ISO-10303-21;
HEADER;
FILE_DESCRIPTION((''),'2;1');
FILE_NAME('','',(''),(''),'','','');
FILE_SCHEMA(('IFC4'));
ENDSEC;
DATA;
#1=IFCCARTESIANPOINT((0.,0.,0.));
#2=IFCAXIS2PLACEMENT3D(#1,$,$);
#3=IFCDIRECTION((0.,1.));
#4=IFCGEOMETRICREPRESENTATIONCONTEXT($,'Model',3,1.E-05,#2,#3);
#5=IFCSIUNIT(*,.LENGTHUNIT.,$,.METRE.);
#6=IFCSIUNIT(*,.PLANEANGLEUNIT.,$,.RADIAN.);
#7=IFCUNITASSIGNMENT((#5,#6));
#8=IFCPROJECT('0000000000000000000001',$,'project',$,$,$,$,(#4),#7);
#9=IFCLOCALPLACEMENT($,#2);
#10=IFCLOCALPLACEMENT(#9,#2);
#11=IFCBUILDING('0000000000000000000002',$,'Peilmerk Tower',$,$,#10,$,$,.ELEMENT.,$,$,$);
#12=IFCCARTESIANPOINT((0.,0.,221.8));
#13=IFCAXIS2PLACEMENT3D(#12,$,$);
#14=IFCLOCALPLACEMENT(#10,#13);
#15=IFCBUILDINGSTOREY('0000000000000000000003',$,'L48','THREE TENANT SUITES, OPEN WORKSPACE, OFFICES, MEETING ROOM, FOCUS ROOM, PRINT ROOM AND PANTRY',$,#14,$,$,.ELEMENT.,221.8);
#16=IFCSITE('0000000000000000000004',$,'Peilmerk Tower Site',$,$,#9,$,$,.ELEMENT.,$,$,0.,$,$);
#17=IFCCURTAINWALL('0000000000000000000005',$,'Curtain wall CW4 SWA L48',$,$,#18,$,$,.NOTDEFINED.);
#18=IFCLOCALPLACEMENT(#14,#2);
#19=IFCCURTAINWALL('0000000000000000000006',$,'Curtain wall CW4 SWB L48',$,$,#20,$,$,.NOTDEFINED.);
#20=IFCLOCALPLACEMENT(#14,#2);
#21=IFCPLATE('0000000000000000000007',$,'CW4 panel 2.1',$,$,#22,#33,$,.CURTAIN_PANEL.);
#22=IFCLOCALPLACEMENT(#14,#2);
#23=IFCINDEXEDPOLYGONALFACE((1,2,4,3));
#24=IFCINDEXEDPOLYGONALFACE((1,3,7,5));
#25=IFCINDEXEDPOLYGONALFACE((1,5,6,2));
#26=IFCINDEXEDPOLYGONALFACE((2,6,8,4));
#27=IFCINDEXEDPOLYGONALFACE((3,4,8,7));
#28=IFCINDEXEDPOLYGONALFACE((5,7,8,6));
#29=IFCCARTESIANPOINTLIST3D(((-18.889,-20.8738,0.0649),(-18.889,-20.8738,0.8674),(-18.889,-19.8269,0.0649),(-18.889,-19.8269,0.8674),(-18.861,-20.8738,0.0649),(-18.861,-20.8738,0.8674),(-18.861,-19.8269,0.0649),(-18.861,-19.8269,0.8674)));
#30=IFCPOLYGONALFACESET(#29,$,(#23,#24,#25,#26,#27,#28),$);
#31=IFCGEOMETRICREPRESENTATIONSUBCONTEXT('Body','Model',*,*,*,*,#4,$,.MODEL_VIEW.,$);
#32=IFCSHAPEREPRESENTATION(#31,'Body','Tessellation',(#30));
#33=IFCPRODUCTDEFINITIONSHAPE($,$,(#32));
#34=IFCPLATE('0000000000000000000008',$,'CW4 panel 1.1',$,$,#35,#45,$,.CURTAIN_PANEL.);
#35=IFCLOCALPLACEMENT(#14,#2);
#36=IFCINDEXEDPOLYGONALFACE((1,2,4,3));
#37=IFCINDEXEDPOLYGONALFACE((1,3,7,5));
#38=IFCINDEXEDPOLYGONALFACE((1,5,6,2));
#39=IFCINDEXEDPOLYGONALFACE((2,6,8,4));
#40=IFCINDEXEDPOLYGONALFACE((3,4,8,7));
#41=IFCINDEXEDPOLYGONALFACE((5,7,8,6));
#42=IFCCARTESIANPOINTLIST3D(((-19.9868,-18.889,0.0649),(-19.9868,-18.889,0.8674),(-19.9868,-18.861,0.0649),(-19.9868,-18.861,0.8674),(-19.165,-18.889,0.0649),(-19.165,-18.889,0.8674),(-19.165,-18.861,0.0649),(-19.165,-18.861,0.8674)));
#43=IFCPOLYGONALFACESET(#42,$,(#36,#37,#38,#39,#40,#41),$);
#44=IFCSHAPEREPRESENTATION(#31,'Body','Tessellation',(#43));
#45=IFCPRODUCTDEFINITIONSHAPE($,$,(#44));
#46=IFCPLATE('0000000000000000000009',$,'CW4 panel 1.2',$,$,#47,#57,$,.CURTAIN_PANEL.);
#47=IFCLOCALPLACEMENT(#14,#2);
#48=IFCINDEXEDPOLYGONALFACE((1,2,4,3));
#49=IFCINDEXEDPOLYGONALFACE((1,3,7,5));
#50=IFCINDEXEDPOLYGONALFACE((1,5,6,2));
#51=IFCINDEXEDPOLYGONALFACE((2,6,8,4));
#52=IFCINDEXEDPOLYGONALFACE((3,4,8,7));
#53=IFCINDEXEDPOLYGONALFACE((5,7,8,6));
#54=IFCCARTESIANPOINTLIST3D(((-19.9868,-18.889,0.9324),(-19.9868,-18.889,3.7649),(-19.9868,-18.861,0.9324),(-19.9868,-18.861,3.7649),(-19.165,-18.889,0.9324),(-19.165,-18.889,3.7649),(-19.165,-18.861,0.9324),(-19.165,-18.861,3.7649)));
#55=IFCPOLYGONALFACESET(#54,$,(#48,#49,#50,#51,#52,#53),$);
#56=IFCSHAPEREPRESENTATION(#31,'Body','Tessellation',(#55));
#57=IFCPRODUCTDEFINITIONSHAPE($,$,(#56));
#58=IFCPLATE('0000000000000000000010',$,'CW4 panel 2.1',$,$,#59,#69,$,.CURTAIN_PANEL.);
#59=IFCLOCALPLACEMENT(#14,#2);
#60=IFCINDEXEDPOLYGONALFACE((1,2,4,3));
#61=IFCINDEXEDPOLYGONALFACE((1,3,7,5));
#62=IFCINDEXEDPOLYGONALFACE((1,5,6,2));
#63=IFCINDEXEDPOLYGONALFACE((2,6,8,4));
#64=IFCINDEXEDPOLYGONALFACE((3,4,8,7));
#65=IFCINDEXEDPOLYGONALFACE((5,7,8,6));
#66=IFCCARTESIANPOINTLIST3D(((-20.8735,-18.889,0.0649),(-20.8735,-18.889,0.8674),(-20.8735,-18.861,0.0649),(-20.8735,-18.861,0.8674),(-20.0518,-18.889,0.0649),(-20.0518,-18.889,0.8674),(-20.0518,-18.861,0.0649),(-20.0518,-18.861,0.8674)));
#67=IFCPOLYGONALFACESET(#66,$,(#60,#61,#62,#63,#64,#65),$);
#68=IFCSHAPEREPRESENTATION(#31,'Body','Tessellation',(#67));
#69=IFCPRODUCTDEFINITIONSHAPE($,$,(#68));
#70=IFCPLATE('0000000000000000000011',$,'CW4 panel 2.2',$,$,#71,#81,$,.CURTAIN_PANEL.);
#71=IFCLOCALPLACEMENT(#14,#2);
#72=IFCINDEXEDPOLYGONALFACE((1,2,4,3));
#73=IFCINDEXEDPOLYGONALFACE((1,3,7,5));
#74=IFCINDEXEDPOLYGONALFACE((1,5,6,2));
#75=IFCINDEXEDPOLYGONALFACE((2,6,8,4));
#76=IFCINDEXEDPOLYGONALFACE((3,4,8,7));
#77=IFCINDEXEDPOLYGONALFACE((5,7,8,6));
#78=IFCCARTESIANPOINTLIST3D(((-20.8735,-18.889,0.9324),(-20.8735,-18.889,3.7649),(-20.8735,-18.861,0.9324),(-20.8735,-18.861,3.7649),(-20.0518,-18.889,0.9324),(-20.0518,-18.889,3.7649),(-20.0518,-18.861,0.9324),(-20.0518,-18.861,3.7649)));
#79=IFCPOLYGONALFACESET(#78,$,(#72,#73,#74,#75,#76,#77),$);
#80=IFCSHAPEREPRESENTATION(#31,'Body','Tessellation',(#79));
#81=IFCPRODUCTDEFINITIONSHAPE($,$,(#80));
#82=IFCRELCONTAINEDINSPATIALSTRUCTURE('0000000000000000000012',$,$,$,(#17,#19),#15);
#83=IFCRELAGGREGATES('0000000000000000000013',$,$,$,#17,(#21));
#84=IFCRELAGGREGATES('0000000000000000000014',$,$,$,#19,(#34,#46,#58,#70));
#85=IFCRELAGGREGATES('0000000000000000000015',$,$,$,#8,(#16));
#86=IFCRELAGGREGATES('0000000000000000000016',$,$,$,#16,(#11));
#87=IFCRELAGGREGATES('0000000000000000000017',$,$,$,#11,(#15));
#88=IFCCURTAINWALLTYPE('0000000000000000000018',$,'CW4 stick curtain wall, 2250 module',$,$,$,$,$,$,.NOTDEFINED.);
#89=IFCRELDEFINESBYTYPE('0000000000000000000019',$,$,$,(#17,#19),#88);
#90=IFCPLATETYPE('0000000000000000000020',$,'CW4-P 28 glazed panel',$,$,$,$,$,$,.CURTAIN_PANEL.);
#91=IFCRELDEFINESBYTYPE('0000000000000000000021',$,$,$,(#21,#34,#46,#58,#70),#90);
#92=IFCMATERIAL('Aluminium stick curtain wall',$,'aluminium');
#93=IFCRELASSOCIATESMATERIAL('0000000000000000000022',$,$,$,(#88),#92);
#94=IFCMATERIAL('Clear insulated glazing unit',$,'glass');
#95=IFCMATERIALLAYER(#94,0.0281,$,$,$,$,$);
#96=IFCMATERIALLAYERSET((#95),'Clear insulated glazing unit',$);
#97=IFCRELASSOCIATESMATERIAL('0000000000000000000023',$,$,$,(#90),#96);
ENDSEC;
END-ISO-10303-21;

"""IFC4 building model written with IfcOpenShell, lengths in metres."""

from ifc_helpers import new_model, si_unit, direction, frame, origin, origin_2d, place, context, subcontext, project, spatial, rectangle, extrude, material, layer, layer_set, type_object, element, aggregate, save


model = new_model("IFC4")

# Units and contexts
model_context = context("Model", 3, precision=1e-05, world=origin(), true_north=direction((0.0, 1.0)))
body_context = subcontext(model_context, "Body", "Model", "MODEL_VIEW")
ifc_project = project(units=[si_unit("LENGTHUNIT", "METRE"), si_unit("PLANEANGLEUNIT", "RADIAN")], contexts=[model_context])

# Site, building, storey
site_placement = place(None, origin())
site = spatial("IfcSite", under=ifc_project, at=site_placement, Name="Peilmerk Tower Site", CompositionType="ELEMENT", RefElevation=0.0)
building_placement = place(site_placement, origin())
building = spatial("IfcBuilding", under=site, at=building_placement, Name="Peilmerk Tower", CompositionType="ELEMENT")
storey_placement = place(building_placement, frame((0.0, 0.0, 221.8)))
storey = spatial("IfcBuildingStorey", under=building, at=storey_placement, Name="L48", Description="THREE TENANT SUITES, OPEN WORKSPACE, OFFICES, MEETING ROOM, FOCUS ROOM, PRINT ROOM AND PANTRY", CompositionType="ELEMENT", Elevation=221.8)

# Curtain wall
ifc_material_1 = material(Name="Aluminium stick curtain wall", Category="aluminium")
curtain_wall_type = type_object("IfcCurtainWallType", Name="CW4 stick curtain wall, 2250 module", PredefinedType="NOTDEFINED", material=ifc_material_1)
curtain_wall_1_placement = place(storey_placement, origin())
curtain_wall_1 = element("IfcCurtainWall", 1, at=curtain_wall_1_placement, inside=storey, type_object=curtain_wall_type, Name="Curtain wall CW4 SWA L48", PredefinedType="NOTDEFINED")

# Curtain wall
curtain_wall_2_placement = place(storey_placement, origin())
curtain_wall_2 = element("IfcCurtainWall", 2, at=curtain_wall_2_placement, inside=storey, type_object=curtain_wall_type, Name="Curtain wall CW4 SWB L48", PredefinedType="NOTDEFINED")

# Plates
ifc_material_2 = material(Name="Clear insulated glazing unit", Category="glass")
ifc_layer_1 = layer(ifc_material_2, 0.0281)
ifc_layer_set_1 = layer_set([ifc_layer_1], Name="Clear insulated glazing unit")
plate_type = type_object("IfcPlateType", Name="CW4-P 28 glazed panel", PredefinedType="CURTAIN_PANEL", material=ifc_layer_set_1)
plate_1_placement = place(storey_placement, frame((-18.875, -20.3503, 0.0649), z_axis=(0.0, 0.0, 1.0), x_axis=(0.0, -1.0, 0.0)))
plate_1 = element("IfcPlate", 3, at=plate_1_placement, type_object=plate_type, Name="CW4 panel 2.1", PredefinedType="CURTAIN_PANEL", context=body_context, shape_type="SweptSolid", body=[
    extrude(rectangle(XDim=1.0469, YDim=0.0281, at=origin_2d()), origin(), (0.0, 0.0, 1.0), 0.8025),
])
aggregate(curtain_wall_1, [plate_1])
plate_2_placement = place(storey_placement, frame((-19.5759, -18.875, 0.0649), z_axis=(0.0, 0.0, 1.0), x_axis=(-1.0, 0.0, 0.0)))
plate_2 = element("IfcPlate", 4, at=plate_2_placement, type_object=plate_type, Name="CW4 panel 1.1", PredefinedType="CURTAIN_PANEL", context=body_context, shape_type="SweptSolid", body=[
    extrude(rectangle(XDim=0.8218, YDim=0.0281, at=origin_2d()), origin(), (0.0, 0.0, 1.0), 0.8025),
])
plate_3_placement = place(storey_placement, frame((-19.5759, -18.875, 0.9324), z_axis=(0.0, 0.0, 1.0), x_axis=(-1.0, 0.0, 0.0)))
plate_3 = element("IfcPlate", 5, at=plate_3_placement, type_object=plate_type, Name="CW4 panel 1.2", PredefinedType="CURTAIN_PANEL", context=body_context, shape_type="SweptSolid", body=[
    extrude(rectangle(XDim=0.8218, YDim=0.0281, at=origin_2d()), origin(), (0.0, 0.0, 1.0), 2.8325),
])
plate_4_placement = place(storey_placement, frame((-20.4626, -18.875, 0.0649), z_axis=(0.0, 0.0, 1.0), x_axis=(-1.0, 0.0, 0.0)))
plate_4 = element("IfcPlate", 6, at=plate_4_placement, type_object=plate_type, Name="CW4 panel 2.1", PredefinedType="CURTAIN_PANEL", context=body_context, shape_type="SweptSolid", body=[
    extrude(rectangle(XDim=0.8218, YDim=0.0281, at=origin_2d()), origin(), (0.0, 0.0, 1.0), 0.8025),
])
plate_5_placement = place(storey_placement, frame((-20.4626, -18.875, 0.9324), z_axis=(0.0, 0.0, 1.0), x_axis=(-1.0, 0.0, 0.0)))
plate_5 = element("IfcPlate", 7, at=plate_5_placement, type_object=plate_type, Name="CW4 panel 2.2", PredefinedType="CURTAIN_PANEL", context=body_context, shape_type="SweptSolid", body=[
    extrude(rectangle(XDim=0.8218, YDim=0.0281, at=origin_2d()), origin(), (0.0, 0.0, 1.0), 2.8325),
])
aggregate(curtain_wall_2, [plate_2, plate_3, plate_4, plate_5])

save(model, "model.ifc")
